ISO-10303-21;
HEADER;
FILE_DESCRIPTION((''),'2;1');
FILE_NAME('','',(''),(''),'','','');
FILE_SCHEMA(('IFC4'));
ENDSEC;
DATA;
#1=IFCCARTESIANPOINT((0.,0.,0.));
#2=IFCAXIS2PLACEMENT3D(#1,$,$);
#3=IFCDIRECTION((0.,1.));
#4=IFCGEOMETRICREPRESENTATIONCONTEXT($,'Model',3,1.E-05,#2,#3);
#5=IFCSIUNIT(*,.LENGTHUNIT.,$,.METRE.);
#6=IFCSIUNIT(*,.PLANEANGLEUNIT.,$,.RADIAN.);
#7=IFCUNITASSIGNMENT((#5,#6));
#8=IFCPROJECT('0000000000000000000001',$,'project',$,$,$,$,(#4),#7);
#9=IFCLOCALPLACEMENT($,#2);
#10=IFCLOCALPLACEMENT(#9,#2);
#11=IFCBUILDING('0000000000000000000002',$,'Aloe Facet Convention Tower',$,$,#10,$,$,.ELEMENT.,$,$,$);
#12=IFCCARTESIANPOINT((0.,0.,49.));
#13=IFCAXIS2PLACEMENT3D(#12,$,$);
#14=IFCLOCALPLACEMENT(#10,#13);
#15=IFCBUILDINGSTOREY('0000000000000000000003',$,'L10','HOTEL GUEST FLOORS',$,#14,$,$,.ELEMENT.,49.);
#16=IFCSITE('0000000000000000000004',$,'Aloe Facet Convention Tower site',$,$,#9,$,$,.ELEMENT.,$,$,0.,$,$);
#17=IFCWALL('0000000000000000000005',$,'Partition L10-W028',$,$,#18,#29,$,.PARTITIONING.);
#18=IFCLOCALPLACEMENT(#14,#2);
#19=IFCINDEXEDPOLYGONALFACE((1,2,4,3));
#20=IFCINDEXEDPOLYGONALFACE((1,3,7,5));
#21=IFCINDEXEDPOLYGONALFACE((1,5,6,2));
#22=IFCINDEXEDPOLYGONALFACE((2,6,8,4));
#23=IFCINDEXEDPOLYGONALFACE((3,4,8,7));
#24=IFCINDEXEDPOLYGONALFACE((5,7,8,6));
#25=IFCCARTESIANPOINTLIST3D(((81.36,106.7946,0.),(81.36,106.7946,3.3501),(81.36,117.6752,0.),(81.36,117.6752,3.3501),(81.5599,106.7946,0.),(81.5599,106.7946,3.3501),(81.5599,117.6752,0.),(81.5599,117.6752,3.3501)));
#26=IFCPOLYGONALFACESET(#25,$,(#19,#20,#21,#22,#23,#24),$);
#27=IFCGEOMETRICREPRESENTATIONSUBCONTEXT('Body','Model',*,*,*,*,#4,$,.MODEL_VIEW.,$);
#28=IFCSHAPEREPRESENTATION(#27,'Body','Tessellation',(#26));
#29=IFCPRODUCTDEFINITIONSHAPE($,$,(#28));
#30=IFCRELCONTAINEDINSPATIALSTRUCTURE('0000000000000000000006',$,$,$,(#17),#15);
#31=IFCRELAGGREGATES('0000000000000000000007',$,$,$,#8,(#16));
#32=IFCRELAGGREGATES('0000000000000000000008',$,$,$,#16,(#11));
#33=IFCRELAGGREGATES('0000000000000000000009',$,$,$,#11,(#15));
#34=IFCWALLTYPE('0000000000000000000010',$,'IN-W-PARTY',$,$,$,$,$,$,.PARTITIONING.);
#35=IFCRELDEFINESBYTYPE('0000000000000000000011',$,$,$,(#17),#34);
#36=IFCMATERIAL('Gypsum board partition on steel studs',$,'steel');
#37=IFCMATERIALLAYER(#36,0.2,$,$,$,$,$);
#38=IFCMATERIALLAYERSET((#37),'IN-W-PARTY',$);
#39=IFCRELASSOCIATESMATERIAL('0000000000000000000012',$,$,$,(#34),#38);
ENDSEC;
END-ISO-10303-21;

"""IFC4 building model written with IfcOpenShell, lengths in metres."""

from ifc_helpers import new_model, si_unit, direction, frame, frame_2d, origin, place, context, subcontext, project, spatial, rectangle, extrude, material, layer, layer_set, type_object, element, save


model = new_model("IFC4")

# Units and contexts
model_context = context("Model", 3, precision=1e-05, world=origin(), true_north=direction((0.0, 1.0)))
body_context = subcontext(model_context, "Body", "Model", "MODEL_VIEW")
ifc_project = project(units=[si_unit("LENGTHUNIT", "METRE"), si_unit("PLANEANGLEUNIT", "RADIAN")], contexts=[model_context])

# Site, building, storey
site_placement = place(None, origin())
site = spatial("IfcSite", under=ifc_project, at=site_placement, Name="Aloe Facet Convention Tower site", CompositionType="ELEMENT", RefElevation=0.0)
building_placement = place(site_placement, origin())
building = spatial("IfcBuilding", under=site, at=building_placement, Name="Aloe Facet Convention Tower", CompositionType="ELEMENT")
storey_placement = place(building_placement, frame((0.0, 0.0, 49.0)))
storey = spatial("IfcBuildingStorey", under=building, at=storey_placement, Name="L10", Description="HOTEL GUEST FLOORS", CompositionType="ELEMENT", Elevation=49.0)

# Wall
ifc_material_1 = material(Name="Gypsum board partition on steel studs", Category="steel")
ifc_layer_1 = layer(ifc_material_1, 0.2)
ifc_layer_set_1 = layer_set([ifc_layer_1], Name="IN-W-PARTY")
wall_type_1 = type_object("IfcWallType", Name="IN-W-PARTY", PredefinedType="PARTITIONING", material=ifc_layer_set_1)
wall_1_placement = place(storey_placement, frame((81.46, 106.7944, 0.0), z_axis=(0.0, 0.0, 1.0), x_axis=(0.0, 1.0, 0.0)))
element("IfcWall", 1, at=wall_1_placement, inside=storey, type_object=wall_type_1, Name="Partition L10-W028", PredefinedType="PARTITIONING", context=body_context, shape_type="SweptSolid", body=[
    extrude(rectangle(XDim=10.8806, YDim=0.2, at=frame_2d((5.4404, 0.0))), origin(), (0.0, 0.0, 1.0), 3.3501),
])

save(model, "model.ifc")
